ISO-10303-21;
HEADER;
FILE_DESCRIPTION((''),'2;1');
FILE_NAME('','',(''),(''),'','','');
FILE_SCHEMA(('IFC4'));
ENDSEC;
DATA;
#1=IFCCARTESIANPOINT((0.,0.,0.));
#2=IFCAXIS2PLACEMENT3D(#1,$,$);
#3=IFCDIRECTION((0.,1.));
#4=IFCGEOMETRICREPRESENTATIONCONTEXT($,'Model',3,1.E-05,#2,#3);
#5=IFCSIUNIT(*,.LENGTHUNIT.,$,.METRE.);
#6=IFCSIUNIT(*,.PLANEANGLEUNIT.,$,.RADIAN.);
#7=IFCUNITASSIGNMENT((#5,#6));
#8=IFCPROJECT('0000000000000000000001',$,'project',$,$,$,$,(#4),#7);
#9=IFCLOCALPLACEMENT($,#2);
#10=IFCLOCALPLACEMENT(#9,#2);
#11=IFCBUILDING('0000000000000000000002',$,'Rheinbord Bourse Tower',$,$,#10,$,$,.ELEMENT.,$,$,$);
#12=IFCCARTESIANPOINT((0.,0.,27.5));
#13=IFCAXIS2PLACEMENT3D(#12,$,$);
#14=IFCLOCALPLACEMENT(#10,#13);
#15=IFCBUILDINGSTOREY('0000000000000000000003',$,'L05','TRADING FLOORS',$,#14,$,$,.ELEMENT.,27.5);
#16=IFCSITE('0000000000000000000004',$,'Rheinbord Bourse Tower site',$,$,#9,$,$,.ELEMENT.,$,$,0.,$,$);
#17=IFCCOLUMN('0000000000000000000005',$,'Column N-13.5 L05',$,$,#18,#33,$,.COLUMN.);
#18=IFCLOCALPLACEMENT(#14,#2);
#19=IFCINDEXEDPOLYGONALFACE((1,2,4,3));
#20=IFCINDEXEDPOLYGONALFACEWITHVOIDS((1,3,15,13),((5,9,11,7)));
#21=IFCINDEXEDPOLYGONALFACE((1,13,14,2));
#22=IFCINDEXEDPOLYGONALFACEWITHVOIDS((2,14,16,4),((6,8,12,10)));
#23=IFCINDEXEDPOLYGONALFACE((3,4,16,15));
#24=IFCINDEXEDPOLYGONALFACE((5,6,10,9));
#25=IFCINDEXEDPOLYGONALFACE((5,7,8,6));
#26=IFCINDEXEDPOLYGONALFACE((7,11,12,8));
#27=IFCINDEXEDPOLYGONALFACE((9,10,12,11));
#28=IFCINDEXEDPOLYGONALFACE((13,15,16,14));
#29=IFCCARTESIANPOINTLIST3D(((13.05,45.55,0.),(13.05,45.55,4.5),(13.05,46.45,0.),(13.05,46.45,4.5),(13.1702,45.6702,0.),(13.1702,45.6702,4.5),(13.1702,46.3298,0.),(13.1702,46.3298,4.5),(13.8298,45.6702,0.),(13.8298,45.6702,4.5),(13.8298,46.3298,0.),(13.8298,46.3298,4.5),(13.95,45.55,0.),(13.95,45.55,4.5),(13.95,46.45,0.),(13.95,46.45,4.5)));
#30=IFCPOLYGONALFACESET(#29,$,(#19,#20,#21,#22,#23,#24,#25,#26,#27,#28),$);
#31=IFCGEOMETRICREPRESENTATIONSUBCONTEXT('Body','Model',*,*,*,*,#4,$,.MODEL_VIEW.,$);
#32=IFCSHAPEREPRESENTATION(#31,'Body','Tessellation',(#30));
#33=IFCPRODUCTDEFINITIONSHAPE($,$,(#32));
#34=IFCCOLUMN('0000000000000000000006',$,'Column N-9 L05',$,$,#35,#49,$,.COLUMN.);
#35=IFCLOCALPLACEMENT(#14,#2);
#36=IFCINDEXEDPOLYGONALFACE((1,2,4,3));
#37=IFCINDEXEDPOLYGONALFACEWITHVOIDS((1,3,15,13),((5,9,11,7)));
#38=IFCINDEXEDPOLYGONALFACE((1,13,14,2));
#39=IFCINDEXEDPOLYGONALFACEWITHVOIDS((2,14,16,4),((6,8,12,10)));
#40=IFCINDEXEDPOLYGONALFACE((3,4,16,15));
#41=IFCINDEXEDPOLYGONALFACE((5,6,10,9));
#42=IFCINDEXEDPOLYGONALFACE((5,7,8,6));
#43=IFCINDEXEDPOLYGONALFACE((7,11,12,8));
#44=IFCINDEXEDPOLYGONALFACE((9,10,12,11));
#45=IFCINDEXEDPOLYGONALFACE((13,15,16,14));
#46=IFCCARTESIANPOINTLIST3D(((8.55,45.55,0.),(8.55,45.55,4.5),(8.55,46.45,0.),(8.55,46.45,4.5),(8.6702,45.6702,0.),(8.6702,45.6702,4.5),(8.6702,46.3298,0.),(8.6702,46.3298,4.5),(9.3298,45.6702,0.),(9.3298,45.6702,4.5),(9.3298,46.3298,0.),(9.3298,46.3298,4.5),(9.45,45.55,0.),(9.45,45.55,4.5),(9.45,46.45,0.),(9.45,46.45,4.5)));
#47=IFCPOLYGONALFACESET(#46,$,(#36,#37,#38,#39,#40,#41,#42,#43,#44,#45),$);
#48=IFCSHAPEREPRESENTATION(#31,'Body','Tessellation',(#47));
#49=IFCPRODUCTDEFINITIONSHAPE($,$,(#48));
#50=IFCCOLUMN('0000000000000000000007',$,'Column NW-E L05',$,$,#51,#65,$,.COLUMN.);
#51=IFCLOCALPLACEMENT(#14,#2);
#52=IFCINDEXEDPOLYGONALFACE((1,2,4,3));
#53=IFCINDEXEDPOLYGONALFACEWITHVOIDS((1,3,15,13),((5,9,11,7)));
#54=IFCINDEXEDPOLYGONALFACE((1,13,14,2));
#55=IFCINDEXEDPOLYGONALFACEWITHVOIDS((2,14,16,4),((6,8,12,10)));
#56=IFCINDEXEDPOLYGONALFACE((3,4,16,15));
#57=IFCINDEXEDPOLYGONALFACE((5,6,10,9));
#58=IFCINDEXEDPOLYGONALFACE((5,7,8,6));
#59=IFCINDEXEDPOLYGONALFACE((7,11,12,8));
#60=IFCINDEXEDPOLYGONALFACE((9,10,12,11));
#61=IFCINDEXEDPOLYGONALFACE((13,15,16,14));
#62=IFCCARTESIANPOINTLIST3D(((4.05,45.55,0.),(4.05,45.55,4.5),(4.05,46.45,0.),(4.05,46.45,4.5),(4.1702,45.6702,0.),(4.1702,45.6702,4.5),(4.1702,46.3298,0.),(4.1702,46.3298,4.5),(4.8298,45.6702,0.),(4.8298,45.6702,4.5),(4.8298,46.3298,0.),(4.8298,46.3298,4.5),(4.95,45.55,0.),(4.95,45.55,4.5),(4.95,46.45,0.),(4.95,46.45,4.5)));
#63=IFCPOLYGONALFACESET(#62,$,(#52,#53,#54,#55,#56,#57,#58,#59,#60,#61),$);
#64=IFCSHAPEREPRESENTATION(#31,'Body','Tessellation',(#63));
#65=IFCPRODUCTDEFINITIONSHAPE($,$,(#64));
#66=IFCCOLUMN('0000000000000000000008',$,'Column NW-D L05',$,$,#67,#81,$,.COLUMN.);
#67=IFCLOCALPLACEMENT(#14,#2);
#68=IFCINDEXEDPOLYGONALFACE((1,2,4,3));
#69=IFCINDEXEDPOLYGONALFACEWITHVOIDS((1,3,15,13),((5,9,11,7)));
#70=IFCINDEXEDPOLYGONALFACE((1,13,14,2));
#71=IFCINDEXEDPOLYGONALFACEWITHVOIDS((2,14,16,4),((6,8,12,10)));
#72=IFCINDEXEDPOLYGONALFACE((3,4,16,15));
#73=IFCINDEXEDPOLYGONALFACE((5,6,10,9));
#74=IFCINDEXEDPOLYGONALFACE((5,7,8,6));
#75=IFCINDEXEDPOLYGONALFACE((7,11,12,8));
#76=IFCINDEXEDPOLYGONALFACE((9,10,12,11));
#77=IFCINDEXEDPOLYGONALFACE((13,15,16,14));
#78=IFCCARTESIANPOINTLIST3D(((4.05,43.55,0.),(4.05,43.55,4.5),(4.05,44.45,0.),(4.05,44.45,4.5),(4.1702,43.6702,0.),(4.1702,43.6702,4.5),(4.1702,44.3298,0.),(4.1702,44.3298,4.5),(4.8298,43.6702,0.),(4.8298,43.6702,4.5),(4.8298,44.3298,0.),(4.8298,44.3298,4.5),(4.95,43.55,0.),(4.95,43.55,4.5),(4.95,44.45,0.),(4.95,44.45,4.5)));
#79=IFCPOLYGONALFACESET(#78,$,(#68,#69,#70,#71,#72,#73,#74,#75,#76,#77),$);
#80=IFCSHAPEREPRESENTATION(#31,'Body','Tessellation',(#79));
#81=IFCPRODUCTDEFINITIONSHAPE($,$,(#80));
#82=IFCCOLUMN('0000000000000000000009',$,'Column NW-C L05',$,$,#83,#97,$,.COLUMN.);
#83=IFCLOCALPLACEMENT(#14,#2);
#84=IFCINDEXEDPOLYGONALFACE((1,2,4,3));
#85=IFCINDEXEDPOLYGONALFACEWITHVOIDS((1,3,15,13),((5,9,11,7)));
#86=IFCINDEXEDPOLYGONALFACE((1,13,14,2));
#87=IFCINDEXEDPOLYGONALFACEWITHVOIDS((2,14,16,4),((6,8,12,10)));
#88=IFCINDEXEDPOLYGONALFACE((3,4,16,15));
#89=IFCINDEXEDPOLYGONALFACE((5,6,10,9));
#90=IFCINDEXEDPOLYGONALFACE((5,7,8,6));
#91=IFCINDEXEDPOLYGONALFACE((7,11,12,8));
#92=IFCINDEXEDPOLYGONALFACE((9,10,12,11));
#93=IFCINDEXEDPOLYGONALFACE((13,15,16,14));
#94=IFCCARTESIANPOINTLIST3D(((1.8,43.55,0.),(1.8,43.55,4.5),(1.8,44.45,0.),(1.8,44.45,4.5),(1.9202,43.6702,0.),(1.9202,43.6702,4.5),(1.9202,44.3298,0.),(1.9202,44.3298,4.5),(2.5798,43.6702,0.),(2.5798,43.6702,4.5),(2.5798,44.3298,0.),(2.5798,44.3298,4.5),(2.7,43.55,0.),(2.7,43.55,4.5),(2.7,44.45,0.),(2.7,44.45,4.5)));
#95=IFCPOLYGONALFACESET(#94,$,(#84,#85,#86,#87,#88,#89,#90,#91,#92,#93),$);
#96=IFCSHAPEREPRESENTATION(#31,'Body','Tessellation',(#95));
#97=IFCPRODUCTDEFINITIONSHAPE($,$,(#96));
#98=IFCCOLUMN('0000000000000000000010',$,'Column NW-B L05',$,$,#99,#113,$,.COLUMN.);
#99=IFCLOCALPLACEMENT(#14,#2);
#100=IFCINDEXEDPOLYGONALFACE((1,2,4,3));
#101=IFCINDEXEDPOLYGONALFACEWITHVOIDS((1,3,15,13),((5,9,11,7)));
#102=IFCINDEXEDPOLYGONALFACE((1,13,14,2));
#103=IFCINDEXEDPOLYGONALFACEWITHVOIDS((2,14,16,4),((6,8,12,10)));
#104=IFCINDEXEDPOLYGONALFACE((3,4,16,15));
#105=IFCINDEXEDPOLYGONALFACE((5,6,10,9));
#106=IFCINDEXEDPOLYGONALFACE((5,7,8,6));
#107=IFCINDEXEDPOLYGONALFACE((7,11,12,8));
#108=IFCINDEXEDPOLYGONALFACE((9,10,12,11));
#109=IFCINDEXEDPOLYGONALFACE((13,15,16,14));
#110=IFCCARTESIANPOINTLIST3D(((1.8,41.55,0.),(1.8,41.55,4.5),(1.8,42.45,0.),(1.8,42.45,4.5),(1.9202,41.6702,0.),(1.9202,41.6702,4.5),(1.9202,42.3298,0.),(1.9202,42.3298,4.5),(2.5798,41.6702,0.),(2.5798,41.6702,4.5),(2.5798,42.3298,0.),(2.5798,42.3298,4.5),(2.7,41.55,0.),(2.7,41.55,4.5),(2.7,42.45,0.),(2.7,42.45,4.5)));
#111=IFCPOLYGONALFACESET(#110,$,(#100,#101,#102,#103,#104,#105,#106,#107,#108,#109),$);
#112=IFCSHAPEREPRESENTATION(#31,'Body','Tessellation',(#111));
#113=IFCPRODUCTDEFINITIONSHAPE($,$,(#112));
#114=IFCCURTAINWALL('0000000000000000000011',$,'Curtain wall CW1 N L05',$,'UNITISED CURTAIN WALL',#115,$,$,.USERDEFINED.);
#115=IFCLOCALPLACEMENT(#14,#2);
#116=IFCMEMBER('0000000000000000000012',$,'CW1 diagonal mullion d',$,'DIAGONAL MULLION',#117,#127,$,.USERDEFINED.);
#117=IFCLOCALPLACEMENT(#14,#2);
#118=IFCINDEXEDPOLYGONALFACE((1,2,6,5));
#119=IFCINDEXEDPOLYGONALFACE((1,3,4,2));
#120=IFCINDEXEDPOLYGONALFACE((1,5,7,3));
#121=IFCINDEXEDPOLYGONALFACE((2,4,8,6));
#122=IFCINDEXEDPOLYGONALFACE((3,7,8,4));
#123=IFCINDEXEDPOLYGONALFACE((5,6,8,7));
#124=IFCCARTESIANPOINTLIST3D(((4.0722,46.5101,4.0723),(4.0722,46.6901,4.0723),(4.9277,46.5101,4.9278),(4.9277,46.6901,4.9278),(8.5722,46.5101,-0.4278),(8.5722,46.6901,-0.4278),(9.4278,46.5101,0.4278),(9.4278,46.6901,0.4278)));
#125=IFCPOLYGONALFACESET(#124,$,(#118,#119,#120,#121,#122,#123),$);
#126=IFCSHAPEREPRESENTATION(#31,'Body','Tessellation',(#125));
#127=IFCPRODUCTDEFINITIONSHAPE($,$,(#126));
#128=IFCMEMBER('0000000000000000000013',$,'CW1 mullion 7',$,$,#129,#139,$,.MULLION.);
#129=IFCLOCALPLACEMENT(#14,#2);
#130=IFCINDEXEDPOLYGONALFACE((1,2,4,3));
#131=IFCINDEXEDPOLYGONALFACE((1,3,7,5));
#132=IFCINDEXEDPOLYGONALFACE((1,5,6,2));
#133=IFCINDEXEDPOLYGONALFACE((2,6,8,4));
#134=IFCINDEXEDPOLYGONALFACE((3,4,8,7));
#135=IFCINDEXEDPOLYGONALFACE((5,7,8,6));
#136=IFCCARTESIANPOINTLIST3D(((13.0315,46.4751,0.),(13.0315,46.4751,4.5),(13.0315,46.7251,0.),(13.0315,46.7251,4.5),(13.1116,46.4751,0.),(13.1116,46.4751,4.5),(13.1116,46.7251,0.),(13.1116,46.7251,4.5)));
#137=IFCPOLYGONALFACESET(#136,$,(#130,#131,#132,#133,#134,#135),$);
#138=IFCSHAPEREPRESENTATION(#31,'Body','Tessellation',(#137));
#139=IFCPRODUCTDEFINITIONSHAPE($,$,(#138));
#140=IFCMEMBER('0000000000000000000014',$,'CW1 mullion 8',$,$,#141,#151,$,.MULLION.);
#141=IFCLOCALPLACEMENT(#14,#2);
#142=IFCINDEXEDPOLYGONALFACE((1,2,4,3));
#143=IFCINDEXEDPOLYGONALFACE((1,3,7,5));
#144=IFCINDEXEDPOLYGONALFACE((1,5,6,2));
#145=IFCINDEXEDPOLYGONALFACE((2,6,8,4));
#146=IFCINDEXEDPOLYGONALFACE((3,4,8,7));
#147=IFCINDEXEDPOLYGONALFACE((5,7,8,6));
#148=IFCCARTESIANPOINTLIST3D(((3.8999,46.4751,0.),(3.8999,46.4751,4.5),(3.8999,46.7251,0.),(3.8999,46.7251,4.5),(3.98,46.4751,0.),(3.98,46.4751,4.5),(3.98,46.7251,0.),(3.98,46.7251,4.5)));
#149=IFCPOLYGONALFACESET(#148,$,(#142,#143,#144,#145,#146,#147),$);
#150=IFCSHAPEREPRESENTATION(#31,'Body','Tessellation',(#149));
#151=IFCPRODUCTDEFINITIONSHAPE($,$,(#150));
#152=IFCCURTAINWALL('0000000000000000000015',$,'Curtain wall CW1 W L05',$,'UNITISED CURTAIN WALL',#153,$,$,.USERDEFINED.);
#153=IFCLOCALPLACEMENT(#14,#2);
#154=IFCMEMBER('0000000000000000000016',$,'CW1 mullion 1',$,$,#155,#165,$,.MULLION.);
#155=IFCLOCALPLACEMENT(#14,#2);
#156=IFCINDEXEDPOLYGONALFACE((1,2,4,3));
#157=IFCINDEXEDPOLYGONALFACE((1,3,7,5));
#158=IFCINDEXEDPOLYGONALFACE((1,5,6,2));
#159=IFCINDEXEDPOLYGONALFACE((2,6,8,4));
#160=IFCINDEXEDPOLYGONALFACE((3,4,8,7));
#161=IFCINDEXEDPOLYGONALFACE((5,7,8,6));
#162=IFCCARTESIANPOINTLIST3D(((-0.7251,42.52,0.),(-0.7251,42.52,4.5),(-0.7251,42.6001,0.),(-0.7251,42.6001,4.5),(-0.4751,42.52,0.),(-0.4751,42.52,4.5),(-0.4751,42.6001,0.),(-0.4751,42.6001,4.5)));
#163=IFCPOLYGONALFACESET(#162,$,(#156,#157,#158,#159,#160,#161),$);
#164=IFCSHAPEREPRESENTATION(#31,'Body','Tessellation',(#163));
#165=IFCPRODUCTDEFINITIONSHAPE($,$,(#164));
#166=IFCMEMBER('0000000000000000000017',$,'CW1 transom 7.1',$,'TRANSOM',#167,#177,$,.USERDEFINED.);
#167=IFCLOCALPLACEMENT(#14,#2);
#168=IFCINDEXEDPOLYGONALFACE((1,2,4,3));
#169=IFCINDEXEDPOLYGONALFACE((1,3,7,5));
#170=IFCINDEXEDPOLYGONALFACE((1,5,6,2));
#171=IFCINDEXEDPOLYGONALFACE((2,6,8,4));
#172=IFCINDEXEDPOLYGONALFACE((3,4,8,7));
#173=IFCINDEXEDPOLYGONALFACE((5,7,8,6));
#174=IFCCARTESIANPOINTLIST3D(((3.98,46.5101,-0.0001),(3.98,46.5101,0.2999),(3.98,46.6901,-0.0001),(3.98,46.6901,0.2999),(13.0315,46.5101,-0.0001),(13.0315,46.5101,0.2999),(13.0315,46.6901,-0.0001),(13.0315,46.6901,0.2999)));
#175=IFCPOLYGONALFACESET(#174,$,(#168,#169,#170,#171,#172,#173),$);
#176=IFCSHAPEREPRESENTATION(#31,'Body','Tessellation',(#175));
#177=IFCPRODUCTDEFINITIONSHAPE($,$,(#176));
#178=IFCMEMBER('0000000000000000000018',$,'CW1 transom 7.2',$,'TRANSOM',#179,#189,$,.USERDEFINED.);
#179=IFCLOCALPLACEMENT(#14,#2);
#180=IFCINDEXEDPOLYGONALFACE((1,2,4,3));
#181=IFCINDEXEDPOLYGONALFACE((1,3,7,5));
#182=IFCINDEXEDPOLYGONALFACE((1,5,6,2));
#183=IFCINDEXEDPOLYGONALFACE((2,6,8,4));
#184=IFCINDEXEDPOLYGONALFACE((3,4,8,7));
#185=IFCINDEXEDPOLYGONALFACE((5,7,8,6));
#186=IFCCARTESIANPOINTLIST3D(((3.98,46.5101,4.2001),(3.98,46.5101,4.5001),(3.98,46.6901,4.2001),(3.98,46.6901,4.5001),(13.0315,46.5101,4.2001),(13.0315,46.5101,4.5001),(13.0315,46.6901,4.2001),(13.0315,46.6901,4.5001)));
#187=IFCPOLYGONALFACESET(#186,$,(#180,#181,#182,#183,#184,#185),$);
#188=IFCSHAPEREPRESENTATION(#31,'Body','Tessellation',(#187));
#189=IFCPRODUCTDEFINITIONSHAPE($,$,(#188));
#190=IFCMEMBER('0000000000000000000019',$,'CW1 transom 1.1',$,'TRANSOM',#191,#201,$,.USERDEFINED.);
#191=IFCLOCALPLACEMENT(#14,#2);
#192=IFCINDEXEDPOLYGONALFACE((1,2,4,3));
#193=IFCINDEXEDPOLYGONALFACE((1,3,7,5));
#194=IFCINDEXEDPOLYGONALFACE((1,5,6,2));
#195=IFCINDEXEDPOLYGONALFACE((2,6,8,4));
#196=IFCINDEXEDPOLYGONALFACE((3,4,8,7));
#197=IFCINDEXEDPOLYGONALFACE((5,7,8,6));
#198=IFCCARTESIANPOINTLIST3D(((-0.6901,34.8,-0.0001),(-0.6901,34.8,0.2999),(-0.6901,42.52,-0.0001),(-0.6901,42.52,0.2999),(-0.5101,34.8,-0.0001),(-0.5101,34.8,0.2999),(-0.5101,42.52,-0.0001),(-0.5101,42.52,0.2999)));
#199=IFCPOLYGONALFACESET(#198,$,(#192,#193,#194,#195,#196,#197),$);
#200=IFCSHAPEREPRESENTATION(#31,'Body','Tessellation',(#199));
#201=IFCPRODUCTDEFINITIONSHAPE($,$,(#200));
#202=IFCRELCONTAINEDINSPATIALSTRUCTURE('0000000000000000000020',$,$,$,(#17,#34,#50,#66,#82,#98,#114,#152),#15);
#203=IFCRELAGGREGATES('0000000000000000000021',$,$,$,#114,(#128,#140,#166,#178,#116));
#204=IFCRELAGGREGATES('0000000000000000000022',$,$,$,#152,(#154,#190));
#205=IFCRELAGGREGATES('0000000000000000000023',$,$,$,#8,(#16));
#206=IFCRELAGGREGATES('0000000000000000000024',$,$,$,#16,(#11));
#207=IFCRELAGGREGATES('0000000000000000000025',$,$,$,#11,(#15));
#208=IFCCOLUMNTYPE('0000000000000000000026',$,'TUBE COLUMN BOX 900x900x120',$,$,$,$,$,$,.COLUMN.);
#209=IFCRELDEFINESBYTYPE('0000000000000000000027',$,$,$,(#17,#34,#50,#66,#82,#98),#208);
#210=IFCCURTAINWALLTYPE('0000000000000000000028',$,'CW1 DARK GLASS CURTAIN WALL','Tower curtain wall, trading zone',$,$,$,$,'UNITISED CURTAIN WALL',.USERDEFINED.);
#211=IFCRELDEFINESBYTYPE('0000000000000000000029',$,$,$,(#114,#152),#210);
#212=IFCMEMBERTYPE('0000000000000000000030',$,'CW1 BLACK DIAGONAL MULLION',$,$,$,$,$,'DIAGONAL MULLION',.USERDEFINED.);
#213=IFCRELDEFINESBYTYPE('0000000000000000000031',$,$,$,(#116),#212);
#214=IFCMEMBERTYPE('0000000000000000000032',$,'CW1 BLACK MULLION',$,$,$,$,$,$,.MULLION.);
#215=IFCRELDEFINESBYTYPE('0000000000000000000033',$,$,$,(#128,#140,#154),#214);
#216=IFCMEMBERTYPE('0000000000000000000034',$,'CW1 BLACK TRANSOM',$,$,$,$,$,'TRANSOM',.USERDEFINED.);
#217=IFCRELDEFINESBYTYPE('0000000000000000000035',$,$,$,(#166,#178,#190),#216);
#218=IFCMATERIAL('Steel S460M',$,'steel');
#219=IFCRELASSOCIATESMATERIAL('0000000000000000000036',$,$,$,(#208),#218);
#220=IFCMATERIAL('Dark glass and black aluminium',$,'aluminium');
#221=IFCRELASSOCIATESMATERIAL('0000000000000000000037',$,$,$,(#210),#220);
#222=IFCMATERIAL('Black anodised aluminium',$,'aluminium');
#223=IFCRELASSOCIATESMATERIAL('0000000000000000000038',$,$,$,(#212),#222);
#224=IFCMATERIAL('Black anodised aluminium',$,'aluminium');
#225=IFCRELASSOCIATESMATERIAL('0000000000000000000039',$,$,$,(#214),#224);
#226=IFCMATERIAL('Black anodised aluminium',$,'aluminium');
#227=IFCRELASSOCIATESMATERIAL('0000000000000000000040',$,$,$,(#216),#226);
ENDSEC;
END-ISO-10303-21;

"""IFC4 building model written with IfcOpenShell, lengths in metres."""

from ifc_helpers import new_model, si_unit, direction, frame, origin, origin_2d, place, context, subcontext, project, spatial, rectangle, hollow_rectangle, extrude, material, material_profile, profile_set, type_object, element, aggregate, save


model = new_model("IFC4")

# Units and contexts
model_context = context("Model", 3, precision=1e-05, world=origin(), true_north=direction((0.0, 1.0)))
body_context = subcontext(model_context, "Body", "Model", "MODEL_VIEW")
ifc_project = project(units=[si_unit("LENGTHUNIT", "METRE"), si_unit("PLANEANGLEUNIT", "RADIAN")], contexts=[model_context])

# Site, building, storey
site_placement = place(None, origin())
site = spatial("IfcSite", under=ifc_project, at=site_placement, Name="Rheinbord Bourse Tower site", CompositionType="ELEMENT", RefElevation=0.0)
building_placement = place(site_placement, origin())
building = spatial("IfcBuilding", under=site, at=building_placement, Name="Rheinbord Bourse Tower", CompositionType="ELEMENT")
storey_placement = place(building_placement, frame((0.0, 0.0, 27.5)))
storey = spatial("IfcBuildingStorey", under=building, at=storey_placement, Name="L05", Description="TRADING FLOORS", CompositionType="ELEMENT", Elevation=27.5)

# Columns
ifc_material_1 = material(Name="Steel S460M", Category="steel")
ifc_material_profile_1 = material_profile(ifc_material_1, hollow_rectangle(XDim=0.8999, YDim=0.8999, WallThickness=0.1201, at=origin_2d()), Name="BOX 900x900x120")
ifc_profile_set_1 = profile_set([ifc_material_profile_1], Name="Steel S460M")
column_type = type_object("IfcColumnType", Name="TUBE COLUMN BOX 900x900x120", PredefinedType="COLUMN", material=ifc_profile_set_1)
for number, where, z_axis, x_axis, name in (
    (1, (13.5, 46.0, 0.0), (0.0, 0.0, 1.0), (0.0, 1.0, 0.0), "Column N-13.5 L05"),
    (2, (9.0, 46.0, 0.0), (0.0, 0.0, 1.0), (0.0, 1.0, 0.0), "Column N-9 L05"),
    (3, (4.5, 46.0, 0.0), (0.0, 0.0, 1.0), (0.0, 1.0, 0.0), "Column NW-E L05"),
    (4, (4.5, 44.0, 0.0), (0.0, 0.0, 1.0), (0.0, 1.0, 0.0), "Column NW-D L05"),
    (5, (2.25, 44.0, 0.0), (0.0, 0.0, 1.0), (1.0, 0.0, 0.0), "Column NW-C L05"),
    (6, (2.25, 42.0, 0.0), (0.0, 0.0, 1.0), (1.0, 0.0, 0.0), "Column NW-B L05"),
):
    element("IfcColumn", number, at=place(storey_placement, frame(where, z_axis=z_axis, x_axis=x_axis)), inside=storey, type_object=column_type, Name=name, PredefinedType="COLUMN", context=body_context, shape_type="SweptSolid", body=[
        extrude(hollow_rectangle(XDim=0.8999, YDim=0.8999, WallThickness=0.1201, at=origin_2d()), origin(), (0.0, 0.0, 1.0), 4.5),
    ])

# Curtain wall, members
ifc_material_2 = material(Name="Dark glass and black aluminium", Category="aluminium")
curtain_wall_type = type_object("IfcCurtainWallType", Name="CW1 DARK GLASS CURTAIN WALL", Description="Tower curtain wall, trading zone", ElementType="UNITISED CURTAIN WALL", PredefinedType="USERDEFINED", material=ifc_material_2)
curtain_wall_1_placement = place(storey_placement, origin())
curtain_wall_1 = element("IfcCurtainWall", 7, at=curtain_wall_1_placement, inside=storey, type_object=curtain_wall_type, Name="Curtain wall CW1 N L05", ObjectType="UNITISED CURTAIN WALL", PredefinedType="USERDEFINED")
ifc_material_3 = material(Name="Black anodised aluminium", Category="aluminium")
ifc_material_profile_2 = material_profile(ifc_material_3, rectangle(XDim=0.1799, YDim=1.21, at=origin_2d()), Name="CW1 DIAGONAL MULLION 1210x180")
ifc_profile_set_2 = profile_set([ifc_material_profile_2], Name="Black anodised aluminium")
member_type_1 = type_object("IfcMemberType", Name="CW1 BLACK DIAGONAL MULLION", ElementType="DIAGONAL MULLION", PredefinedType="USERDEFINED", material=ifc_profile_set_2)
member_1_placement = place(storey_placement, frame((9.0, 46.6001, 0.0), z_axis=(-0.707107, 0.0, 0.707107), x_axis=(0.0, -1.0, 0.0)))
member_1 = element("IfcMember", 8, at=member_1_placement, type_object=member_type_1, Name="CW1 diagonal mullion d", ObjectType="DIAGONAL MULLION", PredefinedType="USERDEFINED", context=body_context, shape_type="SweptSolid", body=[
    extrude(rectangle(XDim=0.1799, YDim=1.21, at=origin_2d()), origin(), (0.0, 0.0, 1.0), 6.364),
])
ifc_material_4 = material(Name="Black anodised aluminium", Category="aluminium")
ifc_material_profile_3 = material_profile(ifc_material_4, rectangle(XDim=0.25, YDim=0.0801, at=origin_2d()), Name="CW1 MULLION 80x250")
ifc_profile_set_3 = profile_set([ifc_material_profile_3], Name="Black anodised aluminium")
member_type_2 = type_object("IfcMemberType", Name="CW1 BLACK MULLION", PredefinedType="MULLION", material=ifc_profile_set_3)
member_2_placement = place(storey_placement, frame((13.0715, 46.6001, 0.0), z_axis=(0.0, 0.0, 1.0), x_axis=(0.0, -1.0, 0.0)))
member_2 = element("IfcMember", 9, at=member_2_placement, type_object=member_type_2, Name="CW1 mullion 7", PredefinedType="MULLION", context=body_context, shape_type="SweptSolid", body=[
    extrude(rectangle(XDim=0.25, YDim=0.0801, at=origin_2d()), origin(), (0.0, 0.0, 1.0), 4.5),
])
member_3_placement = place(storey_placement, frame((3.9399, 46.6001, 0.0), z_axis=(0.0, 0.0, 1.0), x_axis=(0.0, -1.0, 0.0)))
member_3 = element("IfcMember", 10, at=member_3_placement, type_object=member_type_2, Name="CW1 mullion 8", PredefinedType="MULLION", context=body_context, shape_type="SweptSolid", body=[
    extrude(rectangle(XDim=0.25, YDim=0.0801, at=origin_2d()), origin(), (0.0, 0.0, 1.0), 4.5),
])

# Curtain wall, member
curtain_wall_2_placement = place(storey_placement, origin())
curtain_wall_2 = element("IfcCurtainWall", 11, at=curtain_wall_2_placement, inside=storey, type_object=curtain_wall_type, Name="Curtain wall CW1 W L05", ObjectType="UNITISED CURTAIN WALL", PredefinedType="USERDEFINED")
member_4_placement = place(storey_placement, frame((-0.6001, 42.5601, 0.0), z_axis=(0.0, 0.0, 1.0), x_axis=(1.0, 0.0, 0.0)))
member_4 = element("IfcMember", 12, at=member_4_placement, type_object=member_type_2, Name="CW1 mullion 1", PredefinedType="MULLION", context=body_context, shape_type="SweptSolid", body=[
    extrude(rectangle(XDim=0.25, YDim=0.0801, at=origin_2d()), origin(), (0.0, 0.0, 1.0), 4.5),
])

# Members
ifc_material_5 = material(Name="Black anodised aluminium", Category="aluminium")
ifc_material_profile_4 = material_profile(ifc_material_5, rectangle(XDim=0.1799, YDim=0.3, at=origin_2d()), Name="CW1 TRANSOM 300x180")
ifc_profile_set_4 = profile_set([ifc_material_profile_4], Name="Black anodised aluminium")
member_type_3 = type_object("IfcMemberType", Name="CW1 BLACK TRANSOM", ElementType="TRANSOM", PredefinedType="USERDEFINED", material=ifc_profile_set_4)
member_5_placement = place(storey_placement, frame((13.0315, 46.6001, 0.1499), z_axis=(-1.0, 0.0, 0.0), x_axis=(0.0, -1.0, 0.0)))
member_5 = element("IfcMember", 13, at=member_5_placement, type_object=member_type_3, Name="CW1 transom 7.1", ObjectType="TRANSOM", PredefinedType="USERDEFINED", context=body_context, shape_type="SweptSolid", body=[
    extrude(rectangle(XDim=0.1799, YDim=0.3, at=origin_2d()), origin(), (0.0, 0.0, 1.0), 9.0515),
])
member_6_placement = place(storey_placement, frame((13.0315, 46.6001, 4.3501), z_axis=(-1.0, 0.0, 0.0), x_axis=(0.0, -1.0, 0.0)))
member_6 = element("IfcMember", 14, at=member_6_placement, type_object=member_type_3, Name="CW1 transom 7.2", ObjectType="TRANSOM", PredefinedType="USERDEFINED", context=body_context, shape_type="SweptSolid", body=[
    extrude(rectangle(XDim=0.1799, YDim=0.3, at=origin_2d()), origin(), (0.0, 0.0, 1.0), 9.0515),
])
member_7_placement = place(storey_placement, frame((-0.6001, 42.52, 0.1499), z_axis=(0.0, -1.0, 0.0), x_axis=(1.0, 0.0, 0.0)))
member_7 = element("IfcMember", 15, at=member_7_placement, type_object=member_type_3, Name="CW1 transom 1.1", ObjectType="TRANSOM", PredefinedType="USERDEFINED", context=body_context, shape_type="SweptSolid", body=[
    extrude(rectangle(XDim=0.1799, YDim=0.3, at=origin_2d()), origin(), (0.0, 0.0, 1.0), 7.72),
])

aggregate(curtain_wall_1, [member_2, member_3, member_5, member_6, member_1])
aggregate(curtain_wall_2, [member_4, member_7])

save(model, "model.ifc")
